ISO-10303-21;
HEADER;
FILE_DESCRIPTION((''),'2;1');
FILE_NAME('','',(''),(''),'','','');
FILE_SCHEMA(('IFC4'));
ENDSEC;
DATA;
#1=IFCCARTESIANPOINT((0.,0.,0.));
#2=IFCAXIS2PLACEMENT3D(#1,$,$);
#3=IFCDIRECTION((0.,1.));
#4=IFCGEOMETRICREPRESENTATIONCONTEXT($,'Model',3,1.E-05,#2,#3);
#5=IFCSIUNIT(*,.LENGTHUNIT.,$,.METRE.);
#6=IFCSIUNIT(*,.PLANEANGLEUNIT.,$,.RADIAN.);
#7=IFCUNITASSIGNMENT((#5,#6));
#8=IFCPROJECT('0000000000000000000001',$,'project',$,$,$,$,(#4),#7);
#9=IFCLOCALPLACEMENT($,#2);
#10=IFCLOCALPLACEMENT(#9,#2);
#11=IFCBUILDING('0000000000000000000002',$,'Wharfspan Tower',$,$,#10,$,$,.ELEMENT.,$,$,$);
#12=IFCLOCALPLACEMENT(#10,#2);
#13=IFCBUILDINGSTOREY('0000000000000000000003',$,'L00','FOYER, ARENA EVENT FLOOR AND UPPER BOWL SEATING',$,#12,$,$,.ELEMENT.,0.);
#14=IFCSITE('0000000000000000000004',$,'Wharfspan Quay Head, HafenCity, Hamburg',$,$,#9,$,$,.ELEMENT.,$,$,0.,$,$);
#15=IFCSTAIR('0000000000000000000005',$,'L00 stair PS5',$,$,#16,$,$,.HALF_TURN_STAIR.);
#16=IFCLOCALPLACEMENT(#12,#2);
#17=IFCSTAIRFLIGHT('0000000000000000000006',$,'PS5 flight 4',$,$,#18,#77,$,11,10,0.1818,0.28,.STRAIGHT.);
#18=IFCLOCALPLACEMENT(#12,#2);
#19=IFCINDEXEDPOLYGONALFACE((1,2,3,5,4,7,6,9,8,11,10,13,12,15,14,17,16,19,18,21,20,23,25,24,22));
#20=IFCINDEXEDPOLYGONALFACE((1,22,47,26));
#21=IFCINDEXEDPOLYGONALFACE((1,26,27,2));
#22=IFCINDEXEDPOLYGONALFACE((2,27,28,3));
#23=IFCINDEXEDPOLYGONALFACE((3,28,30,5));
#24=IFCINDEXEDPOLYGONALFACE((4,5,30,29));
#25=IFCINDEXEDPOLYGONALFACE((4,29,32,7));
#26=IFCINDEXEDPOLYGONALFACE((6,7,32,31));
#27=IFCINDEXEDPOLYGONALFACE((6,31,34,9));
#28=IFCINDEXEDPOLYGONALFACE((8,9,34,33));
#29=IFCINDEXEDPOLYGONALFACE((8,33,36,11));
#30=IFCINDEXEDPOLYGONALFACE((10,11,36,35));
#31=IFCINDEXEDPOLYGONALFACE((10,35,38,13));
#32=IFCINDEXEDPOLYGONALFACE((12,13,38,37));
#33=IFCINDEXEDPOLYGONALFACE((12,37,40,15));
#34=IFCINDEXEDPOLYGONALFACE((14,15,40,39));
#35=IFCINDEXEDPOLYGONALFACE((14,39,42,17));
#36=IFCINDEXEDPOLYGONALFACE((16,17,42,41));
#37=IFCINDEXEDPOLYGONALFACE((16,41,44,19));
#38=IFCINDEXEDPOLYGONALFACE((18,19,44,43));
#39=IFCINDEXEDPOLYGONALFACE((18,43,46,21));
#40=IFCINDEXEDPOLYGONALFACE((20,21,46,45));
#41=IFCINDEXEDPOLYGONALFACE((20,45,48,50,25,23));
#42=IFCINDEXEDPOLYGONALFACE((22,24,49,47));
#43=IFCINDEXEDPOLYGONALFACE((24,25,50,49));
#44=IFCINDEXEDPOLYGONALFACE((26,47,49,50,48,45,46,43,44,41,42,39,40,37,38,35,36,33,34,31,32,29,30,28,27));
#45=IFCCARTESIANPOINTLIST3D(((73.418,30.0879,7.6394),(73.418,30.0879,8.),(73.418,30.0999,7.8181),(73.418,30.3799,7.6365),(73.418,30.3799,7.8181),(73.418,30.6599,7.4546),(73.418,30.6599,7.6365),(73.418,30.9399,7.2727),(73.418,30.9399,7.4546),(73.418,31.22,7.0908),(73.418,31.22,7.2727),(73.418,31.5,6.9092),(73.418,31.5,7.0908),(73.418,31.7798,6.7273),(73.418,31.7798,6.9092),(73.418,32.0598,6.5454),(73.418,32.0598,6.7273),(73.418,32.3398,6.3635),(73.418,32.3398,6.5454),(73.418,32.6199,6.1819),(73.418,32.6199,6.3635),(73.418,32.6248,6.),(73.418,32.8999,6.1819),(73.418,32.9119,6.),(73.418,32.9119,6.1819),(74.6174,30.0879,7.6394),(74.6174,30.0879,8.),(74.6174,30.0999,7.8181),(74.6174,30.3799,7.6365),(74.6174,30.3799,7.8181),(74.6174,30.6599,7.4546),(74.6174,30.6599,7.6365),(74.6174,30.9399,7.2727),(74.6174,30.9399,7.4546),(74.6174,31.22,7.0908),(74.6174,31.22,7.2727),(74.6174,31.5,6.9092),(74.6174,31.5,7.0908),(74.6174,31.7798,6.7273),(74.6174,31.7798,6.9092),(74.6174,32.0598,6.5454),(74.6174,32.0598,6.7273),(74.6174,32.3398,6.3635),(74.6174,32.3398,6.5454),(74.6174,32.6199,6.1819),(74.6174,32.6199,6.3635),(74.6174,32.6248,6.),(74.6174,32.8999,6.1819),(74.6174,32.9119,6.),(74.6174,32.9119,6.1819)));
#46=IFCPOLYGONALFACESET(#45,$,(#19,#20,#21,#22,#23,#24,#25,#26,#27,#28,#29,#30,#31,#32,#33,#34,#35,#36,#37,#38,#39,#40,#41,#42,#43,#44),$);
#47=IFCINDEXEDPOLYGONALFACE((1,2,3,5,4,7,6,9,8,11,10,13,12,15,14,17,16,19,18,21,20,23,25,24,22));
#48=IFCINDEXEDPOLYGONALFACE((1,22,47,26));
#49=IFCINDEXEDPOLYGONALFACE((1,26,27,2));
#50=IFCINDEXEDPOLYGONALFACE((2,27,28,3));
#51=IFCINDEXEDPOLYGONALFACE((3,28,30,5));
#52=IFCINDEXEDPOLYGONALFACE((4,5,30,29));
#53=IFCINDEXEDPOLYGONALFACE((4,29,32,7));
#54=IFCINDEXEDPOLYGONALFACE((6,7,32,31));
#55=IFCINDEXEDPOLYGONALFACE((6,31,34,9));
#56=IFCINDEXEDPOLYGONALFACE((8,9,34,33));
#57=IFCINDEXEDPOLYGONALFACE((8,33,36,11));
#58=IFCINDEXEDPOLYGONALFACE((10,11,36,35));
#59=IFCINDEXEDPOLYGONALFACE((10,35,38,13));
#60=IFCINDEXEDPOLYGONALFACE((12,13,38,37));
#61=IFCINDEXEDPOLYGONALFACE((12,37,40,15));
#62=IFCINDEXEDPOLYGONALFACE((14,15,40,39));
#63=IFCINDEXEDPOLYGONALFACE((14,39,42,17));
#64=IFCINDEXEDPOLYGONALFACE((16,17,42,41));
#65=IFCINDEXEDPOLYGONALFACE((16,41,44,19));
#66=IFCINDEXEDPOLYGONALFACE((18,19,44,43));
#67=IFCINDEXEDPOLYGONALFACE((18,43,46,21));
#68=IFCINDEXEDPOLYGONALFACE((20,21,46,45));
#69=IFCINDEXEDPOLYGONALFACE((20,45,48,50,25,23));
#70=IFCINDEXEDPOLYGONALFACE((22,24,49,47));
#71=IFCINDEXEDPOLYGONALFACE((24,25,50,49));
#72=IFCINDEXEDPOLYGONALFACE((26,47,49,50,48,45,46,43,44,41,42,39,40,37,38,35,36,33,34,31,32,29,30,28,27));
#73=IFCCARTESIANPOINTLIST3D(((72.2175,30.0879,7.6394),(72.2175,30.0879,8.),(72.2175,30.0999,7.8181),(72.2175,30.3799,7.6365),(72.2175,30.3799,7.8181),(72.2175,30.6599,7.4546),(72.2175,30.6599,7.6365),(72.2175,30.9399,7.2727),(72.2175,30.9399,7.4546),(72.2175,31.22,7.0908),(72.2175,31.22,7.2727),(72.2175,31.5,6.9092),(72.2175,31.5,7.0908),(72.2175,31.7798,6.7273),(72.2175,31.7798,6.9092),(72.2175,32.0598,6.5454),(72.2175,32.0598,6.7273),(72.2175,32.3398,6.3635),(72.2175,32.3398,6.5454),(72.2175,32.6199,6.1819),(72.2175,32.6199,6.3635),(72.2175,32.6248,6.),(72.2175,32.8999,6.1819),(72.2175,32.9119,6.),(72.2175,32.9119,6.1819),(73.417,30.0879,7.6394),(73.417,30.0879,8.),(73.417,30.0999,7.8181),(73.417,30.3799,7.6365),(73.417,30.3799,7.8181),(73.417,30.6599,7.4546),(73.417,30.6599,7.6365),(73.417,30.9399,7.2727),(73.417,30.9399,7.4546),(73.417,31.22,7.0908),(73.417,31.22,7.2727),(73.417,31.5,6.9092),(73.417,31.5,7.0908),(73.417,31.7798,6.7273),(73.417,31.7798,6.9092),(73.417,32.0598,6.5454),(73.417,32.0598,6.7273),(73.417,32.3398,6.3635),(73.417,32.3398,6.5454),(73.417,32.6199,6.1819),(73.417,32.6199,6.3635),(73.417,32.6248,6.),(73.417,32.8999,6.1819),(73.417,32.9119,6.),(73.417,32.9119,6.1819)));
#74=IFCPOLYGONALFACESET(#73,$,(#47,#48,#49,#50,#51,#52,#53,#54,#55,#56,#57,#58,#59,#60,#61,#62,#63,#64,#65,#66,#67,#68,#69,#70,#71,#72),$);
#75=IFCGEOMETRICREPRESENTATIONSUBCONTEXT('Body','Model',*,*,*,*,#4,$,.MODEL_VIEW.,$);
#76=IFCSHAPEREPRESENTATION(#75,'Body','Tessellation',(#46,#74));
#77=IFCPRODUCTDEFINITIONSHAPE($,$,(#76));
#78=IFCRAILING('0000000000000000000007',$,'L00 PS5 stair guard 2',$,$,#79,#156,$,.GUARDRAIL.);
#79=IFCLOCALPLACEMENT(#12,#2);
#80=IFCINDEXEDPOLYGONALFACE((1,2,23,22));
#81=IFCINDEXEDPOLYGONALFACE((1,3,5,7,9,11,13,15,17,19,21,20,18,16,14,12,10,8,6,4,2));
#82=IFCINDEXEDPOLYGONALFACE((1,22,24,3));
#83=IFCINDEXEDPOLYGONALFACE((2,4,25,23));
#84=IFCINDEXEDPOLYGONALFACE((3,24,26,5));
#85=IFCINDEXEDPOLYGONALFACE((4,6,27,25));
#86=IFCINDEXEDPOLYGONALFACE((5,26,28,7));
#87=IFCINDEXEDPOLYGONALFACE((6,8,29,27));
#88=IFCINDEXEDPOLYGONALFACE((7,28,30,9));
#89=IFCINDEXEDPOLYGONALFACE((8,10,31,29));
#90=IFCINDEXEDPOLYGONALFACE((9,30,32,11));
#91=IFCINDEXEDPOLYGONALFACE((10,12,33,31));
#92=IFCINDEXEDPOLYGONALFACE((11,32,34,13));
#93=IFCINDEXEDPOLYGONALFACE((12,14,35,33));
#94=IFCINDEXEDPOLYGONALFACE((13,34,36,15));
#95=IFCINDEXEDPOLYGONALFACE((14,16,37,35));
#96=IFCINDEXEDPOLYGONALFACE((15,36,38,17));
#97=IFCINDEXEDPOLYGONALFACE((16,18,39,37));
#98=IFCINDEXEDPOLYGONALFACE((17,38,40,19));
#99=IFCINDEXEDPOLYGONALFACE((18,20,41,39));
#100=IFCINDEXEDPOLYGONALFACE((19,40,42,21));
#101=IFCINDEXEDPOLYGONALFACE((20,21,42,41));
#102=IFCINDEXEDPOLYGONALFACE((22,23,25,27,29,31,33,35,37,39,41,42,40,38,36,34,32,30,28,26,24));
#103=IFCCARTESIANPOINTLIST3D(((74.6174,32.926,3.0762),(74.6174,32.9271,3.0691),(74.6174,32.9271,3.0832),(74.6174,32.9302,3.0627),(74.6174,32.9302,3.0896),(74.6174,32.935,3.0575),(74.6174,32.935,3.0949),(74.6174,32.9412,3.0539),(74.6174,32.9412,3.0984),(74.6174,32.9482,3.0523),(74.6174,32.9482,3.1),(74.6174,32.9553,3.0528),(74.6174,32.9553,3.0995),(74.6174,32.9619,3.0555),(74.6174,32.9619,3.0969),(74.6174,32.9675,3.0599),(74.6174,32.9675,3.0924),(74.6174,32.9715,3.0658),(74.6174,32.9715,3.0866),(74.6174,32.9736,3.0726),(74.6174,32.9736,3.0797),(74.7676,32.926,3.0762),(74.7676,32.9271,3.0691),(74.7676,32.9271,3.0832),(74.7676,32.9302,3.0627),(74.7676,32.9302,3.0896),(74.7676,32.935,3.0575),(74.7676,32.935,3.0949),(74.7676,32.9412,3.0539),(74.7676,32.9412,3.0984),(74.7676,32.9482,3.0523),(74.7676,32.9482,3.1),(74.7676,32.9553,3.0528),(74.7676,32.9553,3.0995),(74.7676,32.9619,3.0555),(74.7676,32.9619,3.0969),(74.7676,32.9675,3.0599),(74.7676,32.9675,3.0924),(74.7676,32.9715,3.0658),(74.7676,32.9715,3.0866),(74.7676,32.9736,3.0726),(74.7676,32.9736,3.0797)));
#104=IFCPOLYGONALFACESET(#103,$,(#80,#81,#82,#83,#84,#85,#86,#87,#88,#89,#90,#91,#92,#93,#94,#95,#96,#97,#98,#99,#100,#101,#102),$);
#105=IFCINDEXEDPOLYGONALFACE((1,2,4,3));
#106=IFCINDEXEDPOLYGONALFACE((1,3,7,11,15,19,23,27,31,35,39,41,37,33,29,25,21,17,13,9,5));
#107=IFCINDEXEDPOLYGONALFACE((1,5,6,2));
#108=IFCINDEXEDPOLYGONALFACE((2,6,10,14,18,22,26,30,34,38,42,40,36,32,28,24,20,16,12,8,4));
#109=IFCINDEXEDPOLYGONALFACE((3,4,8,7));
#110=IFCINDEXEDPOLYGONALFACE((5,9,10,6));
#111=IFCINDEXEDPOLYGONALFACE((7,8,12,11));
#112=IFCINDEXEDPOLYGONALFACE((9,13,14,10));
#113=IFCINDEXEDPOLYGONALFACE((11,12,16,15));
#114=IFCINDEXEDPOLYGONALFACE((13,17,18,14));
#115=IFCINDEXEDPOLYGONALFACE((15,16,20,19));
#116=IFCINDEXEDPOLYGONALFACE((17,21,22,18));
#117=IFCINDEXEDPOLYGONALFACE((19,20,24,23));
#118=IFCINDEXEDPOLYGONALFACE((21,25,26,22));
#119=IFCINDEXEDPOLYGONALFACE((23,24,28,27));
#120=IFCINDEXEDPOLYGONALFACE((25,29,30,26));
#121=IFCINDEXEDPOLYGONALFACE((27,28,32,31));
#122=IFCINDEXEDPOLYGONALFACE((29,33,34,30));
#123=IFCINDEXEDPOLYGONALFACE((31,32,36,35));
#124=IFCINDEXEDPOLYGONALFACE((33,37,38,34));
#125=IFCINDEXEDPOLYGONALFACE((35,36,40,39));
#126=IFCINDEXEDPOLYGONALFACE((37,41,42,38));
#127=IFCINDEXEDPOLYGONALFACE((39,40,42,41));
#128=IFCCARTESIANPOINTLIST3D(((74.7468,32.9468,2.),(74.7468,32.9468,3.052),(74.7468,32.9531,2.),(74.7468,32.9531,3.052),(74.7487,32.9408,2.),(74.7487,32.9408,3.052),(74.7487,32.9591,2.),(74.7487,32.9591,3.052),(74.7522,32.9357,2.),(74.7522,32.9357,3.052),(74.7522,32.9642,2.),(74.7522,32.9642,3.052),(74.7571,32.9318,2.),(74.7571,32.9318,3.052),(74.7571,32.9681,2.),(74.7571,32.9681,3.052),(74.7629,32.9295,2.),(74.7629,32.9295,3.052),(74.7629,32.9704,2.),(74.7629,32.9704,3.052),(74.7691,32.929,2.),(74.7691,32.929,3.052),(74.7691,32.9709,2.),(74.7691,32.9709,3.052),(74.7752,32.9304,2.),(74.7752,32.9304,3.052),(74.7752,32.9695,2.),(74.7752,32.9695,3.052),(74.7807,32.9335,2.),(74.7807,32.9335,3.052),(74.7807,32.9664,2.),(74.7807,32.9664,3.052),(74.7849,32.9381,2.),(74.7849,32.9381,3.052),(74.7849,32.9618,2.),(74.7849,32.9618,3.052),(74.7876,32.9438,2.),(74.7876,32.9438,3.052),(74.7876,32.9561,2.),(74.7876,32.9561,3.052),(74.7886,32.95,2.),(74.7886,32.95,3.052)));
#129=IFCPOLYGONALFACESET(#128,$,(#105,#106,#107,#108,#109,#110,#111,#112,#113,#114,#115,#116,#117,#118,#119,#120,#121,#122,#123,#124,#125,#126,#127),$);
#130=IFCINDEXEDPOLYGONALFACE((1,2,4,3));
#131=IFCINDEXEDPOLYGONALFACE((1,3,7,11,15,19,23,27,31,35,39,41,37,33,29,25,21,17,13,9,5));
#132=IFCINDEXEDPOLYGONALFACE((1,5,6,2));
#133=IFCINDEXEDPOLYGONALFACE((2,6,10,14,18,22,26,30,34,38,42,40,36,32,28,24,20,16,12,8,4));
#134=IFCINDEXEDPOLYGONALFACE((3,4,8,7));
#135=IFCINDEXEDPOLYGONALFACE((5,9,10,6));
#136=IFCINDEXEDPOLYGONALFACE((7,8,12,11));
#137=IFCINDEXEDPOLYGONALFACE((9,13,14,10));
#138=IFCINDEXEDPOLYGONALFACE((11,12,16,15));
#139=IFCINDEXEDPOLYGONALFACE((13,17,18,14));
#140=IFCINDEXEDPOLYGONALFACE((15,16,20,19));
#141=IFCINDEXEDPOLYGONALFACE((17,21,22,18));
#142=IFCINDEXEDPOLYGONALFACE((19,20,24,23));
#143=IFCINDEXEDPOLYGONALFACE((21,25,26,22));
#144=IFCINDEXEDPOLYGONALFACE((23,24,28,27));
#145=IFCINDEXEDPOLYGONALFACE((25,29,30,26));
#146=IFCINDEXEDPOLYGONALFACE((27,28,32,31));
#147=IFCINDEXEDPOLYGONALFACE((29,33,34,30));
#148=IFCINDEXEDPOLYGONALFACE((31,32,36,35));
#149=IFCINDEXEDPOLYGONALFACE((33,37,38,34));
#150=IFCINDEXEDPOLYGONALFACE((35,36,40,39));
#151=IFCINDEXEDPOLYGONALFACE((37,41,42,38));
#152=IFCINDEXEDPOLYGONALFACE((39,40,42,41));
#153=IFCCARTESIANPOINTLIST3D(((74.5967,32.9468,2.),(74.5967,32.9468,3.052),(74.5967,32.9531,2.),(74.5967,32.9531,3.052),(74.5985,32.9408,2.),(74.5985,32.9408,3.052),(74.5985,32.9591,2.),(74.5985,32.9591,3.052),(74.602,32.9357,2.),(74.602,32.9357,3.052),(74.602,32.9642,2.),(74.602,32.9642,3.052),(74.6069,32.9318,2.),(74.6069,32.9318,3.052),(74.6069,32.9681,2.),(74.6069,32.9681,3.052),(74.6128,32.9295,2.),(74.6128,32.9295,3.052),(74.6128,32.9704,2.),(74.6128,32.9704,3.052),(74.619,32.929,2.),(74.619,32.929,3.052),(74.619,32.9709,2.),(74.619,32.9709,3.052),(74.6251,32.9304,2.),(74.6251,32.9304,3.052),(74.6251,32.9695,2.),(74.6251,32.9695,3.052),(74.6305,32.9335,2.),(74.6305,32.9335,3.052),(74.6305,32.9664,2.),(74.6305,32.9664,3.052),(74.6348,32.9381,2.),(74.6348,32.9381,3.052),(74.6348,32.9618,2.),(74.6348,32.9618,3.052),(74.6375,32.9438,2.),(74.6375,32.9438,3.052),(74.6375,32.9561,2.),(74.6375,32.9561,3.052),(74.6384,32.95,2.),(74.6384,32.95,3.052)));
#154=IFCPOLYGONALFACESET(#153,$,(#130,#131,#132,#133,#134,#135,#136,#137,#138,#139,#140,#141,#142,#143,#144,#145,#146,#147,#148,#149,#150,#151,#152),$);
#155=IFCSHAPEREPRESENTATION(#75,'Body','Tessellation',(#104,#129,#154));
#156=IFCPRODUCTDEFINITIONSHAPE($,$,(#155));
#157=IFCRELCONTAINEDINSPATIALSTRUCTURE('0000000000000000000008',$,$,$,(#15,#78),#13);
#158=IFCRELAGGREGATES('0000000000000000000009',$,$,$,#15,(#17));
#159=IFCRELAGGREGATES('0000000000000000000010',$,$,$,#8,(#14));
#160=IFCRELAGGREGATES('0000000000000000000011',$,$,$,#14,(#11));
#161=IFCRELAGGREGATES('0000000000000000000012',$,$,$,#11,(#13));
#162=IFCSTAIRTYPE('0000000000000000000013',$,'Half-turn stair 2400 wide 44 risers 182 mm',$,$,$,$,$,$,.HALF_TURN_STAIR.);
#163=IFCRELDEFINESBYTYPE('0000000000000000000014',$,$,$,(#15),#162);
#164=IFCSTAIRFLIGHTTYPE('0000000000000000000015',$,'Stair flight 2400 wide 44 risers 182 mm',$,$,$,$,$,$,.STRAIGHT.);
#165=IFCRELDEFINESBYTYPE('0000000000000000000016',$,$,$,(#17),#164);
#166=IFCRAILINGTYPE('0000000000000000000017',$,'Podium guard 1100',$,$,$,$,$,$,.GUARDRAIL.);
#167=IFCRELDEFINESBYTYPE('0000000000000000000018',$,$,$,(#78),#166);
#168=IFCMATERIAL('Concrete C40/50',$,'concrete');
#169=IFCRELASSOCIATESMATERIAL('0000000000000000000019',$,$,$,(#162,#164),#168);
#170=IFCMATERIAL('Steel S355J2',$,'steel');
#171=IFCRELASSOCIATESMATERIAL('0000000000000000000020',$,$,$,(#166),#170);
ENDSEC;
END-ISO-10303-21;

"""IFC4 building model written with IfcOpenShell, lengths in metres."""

from ifc_helpers import new_model, si_unit, direction, frame, origin, origin_2d, place, context, subcontext, project, spatial, polyline, circle, outline, extrude, material, type_object, element, aggregate, save


model = new_model("IFC4")

# Units and contexts
model_context = context("Model", 3, precision=1e-05, world=origin(), true_north=direction((0.0, 1.0)))
body_context = subcontext(model_context, "Body", "Model", "MODEL_VIEW")
ifc_project = project(units=[si_unit("LENGTHUNIT", "METRE"), si_unit("PLANEANGLEUNIT", "RADIAN")], contexts=[model_context])

# Site, building, storey
site_placement = place(None, origin())
site = spatial("IfcSite", under=ifc_project, at=site_placement, Name="Wharfspan Quay Head, HafenCity, Hamburg", CompositionType="ELEMENT", RefElevation=0.0)
building_placement = place(site_placement, origin())
building = spatial("IfcBuilding", under=site, at=building_placement, Name="Wharfspan Tower", CompositionType="ELEMENT")
storey_placement = place(building_placement, origin())
storey = spatial("IfcBuildingStorey", under=building, at=storey_placement, Name="L00", Description="FOYER, ARENA EVENT FLOOR AND UPPER BOWL SEATING", CompositionType="ELEMENT", Elevation=0.0)

# Shared definitions
ifc_material_1 = material(Name="Steel S355J2", Category="steel")

# Shared definitions
ifc_material_2 = material(Name="Concrete C40/50", Category="concrete")

# Stair, stair flight
stair_type = type_object("IfcStairType", Name="Half-turn stair 2400 wide 44 risers 182 mm", PredefinedType="HALF_TURN_STAIR", material=ifc_material_2)
stair_placement = place(storey_placement, origin())
stair = element("IfcStair", 1, at=stair_placement, inside=storey, type_object=stair_type, Name="L00 stair PS5", PredefinedType="HALF_TURN_STAIR")
stair_flight_type = type_object("IfcStairFlightType", Name="Stair flight 2400 wide 44 risers 182 mm", PredefinedType="STRAIGHT", material=ifc_material_2)
stair_flight_1_placement = place(storey_placement, frame((73.4175, 32.8999, 6.0), z_axis=(0.0, 0.0, 1.0), x_axis=(0.0, -1.0, 0.0)))
stair_flight_1 = element("IfcStairFlight", 2, at=stair_flight_1_placement, type_object=stair_flight_type, Name="PS5 flight 4", NumberOfRisers=11, NumberOfTreads=10, PredefinedType="STRAIGHT", RiserHeight=0.1818, TreadLength=0.28, context=body_context, shape_type="SweptSolid", body=[
    extrude(outline(polyline([(-0.012, 0.0), (-0.012, 0.1819), (0.0, 0.1819), (0.28, 0.1819), (0.28, 0.3635), (0.5601, 0.3635), (0.5601, 0.5454), (0.8401, 0.5454), (0.8401, 0.7273), (1.1201, 0.7273), (1.1201, 0.9092), (1.3999, 0.9092), (1.3999, 1.0908), (1.6799, 1.0908), (1.6799, 1.2727), (1.96, 1.2727), (1.96, 1.4546), (2.24, 1.4546), (2.24, 1.6365), (2.52, 1.6365), (2.52, 1.8181), (2.8, 1.8181), (2.812, 2.0), (2.812, 1.6394), (0.2751, 0.0), (-0.012, 0.0)])), frame((0.0, 1.2, 0.0), z_axis=(0.0, -1.0, 0.0), x_axis=(1.0, 0.0, 0.0)), (0.0, 0.0, 1.0), 1.1995),
    extrude(outline(polyline([(-0.012, 0.0), (-0.012, 0.1819), (0.0, 0.1819), (0.28, 0.1819), (0.28, 0.3635), (0.5601, 0.3635), (0.5601, 0.5454), (0.8401, 0.5454), (0.8401, 0.7273), (1.1201, 0.7273), (1.1201, 0.9092), (1.3999, 0.9092), (1.3999, 1.0908), (1.6799, 1.0908), (1.6799, 1.2727), (1.96, 1.2727), (1.96, 1.4546), (2.24, 1.4546), (2.24, 1.6365), (2.52, 1.6365), (2.52, 1.8181), (2.8, 1.8181), (2.812, 2.0), (2.812, 1.6394), (0.2751, 0.0), (-0.012, 0.0)])), frame((0.0, -0.0005, 0.0), z_axis=(0.0, -1.0, 0.0), x_axis=(1.0, 0.0, 0.0)), (0.0, 0.0, 1.0), 1.1995),
])
aggregate(stair, [stair_flight_1])

# Railing
railing_type_1 = type_object("IfcRailingType", Name="Podium guard 1100", PredefinedType="GUARDRAIL", material=ifc_material_1)
railing_1_placement = place(storey_placement, frame((74.7676, 32.95, 2.0)))
element("IfcRailing", 3, at=railing_1_placement, inside=storey, type_object=railing_type_1, Name="L00 PS5 stair guard 2", PredefinedType="GUARDRAIL", context=body_context, shape_type="SweptSolid", body=[
    extrude(circle(Radius=0.0239, at=origin_2d()), frame((0.0, 0.0, 1.0762), z_axis=(-1.0, 0.0, 0.0), x_axis=(0.0, -1.0, 0.0)), (0.0, 0.0, 1.0), 0.1501),
    extrude(circle(Radius=0.021, at=origin_2d()), origin(), (0.0, 0.0, 1.0), 1.052),
    extrude(circle(Radius=0.021, at=origin_2d()), frame((-0.1501, 0.0, 0.0)), (0.0, 0.0, 1.0), 1.052),
])

save(model, "model.ifc")
